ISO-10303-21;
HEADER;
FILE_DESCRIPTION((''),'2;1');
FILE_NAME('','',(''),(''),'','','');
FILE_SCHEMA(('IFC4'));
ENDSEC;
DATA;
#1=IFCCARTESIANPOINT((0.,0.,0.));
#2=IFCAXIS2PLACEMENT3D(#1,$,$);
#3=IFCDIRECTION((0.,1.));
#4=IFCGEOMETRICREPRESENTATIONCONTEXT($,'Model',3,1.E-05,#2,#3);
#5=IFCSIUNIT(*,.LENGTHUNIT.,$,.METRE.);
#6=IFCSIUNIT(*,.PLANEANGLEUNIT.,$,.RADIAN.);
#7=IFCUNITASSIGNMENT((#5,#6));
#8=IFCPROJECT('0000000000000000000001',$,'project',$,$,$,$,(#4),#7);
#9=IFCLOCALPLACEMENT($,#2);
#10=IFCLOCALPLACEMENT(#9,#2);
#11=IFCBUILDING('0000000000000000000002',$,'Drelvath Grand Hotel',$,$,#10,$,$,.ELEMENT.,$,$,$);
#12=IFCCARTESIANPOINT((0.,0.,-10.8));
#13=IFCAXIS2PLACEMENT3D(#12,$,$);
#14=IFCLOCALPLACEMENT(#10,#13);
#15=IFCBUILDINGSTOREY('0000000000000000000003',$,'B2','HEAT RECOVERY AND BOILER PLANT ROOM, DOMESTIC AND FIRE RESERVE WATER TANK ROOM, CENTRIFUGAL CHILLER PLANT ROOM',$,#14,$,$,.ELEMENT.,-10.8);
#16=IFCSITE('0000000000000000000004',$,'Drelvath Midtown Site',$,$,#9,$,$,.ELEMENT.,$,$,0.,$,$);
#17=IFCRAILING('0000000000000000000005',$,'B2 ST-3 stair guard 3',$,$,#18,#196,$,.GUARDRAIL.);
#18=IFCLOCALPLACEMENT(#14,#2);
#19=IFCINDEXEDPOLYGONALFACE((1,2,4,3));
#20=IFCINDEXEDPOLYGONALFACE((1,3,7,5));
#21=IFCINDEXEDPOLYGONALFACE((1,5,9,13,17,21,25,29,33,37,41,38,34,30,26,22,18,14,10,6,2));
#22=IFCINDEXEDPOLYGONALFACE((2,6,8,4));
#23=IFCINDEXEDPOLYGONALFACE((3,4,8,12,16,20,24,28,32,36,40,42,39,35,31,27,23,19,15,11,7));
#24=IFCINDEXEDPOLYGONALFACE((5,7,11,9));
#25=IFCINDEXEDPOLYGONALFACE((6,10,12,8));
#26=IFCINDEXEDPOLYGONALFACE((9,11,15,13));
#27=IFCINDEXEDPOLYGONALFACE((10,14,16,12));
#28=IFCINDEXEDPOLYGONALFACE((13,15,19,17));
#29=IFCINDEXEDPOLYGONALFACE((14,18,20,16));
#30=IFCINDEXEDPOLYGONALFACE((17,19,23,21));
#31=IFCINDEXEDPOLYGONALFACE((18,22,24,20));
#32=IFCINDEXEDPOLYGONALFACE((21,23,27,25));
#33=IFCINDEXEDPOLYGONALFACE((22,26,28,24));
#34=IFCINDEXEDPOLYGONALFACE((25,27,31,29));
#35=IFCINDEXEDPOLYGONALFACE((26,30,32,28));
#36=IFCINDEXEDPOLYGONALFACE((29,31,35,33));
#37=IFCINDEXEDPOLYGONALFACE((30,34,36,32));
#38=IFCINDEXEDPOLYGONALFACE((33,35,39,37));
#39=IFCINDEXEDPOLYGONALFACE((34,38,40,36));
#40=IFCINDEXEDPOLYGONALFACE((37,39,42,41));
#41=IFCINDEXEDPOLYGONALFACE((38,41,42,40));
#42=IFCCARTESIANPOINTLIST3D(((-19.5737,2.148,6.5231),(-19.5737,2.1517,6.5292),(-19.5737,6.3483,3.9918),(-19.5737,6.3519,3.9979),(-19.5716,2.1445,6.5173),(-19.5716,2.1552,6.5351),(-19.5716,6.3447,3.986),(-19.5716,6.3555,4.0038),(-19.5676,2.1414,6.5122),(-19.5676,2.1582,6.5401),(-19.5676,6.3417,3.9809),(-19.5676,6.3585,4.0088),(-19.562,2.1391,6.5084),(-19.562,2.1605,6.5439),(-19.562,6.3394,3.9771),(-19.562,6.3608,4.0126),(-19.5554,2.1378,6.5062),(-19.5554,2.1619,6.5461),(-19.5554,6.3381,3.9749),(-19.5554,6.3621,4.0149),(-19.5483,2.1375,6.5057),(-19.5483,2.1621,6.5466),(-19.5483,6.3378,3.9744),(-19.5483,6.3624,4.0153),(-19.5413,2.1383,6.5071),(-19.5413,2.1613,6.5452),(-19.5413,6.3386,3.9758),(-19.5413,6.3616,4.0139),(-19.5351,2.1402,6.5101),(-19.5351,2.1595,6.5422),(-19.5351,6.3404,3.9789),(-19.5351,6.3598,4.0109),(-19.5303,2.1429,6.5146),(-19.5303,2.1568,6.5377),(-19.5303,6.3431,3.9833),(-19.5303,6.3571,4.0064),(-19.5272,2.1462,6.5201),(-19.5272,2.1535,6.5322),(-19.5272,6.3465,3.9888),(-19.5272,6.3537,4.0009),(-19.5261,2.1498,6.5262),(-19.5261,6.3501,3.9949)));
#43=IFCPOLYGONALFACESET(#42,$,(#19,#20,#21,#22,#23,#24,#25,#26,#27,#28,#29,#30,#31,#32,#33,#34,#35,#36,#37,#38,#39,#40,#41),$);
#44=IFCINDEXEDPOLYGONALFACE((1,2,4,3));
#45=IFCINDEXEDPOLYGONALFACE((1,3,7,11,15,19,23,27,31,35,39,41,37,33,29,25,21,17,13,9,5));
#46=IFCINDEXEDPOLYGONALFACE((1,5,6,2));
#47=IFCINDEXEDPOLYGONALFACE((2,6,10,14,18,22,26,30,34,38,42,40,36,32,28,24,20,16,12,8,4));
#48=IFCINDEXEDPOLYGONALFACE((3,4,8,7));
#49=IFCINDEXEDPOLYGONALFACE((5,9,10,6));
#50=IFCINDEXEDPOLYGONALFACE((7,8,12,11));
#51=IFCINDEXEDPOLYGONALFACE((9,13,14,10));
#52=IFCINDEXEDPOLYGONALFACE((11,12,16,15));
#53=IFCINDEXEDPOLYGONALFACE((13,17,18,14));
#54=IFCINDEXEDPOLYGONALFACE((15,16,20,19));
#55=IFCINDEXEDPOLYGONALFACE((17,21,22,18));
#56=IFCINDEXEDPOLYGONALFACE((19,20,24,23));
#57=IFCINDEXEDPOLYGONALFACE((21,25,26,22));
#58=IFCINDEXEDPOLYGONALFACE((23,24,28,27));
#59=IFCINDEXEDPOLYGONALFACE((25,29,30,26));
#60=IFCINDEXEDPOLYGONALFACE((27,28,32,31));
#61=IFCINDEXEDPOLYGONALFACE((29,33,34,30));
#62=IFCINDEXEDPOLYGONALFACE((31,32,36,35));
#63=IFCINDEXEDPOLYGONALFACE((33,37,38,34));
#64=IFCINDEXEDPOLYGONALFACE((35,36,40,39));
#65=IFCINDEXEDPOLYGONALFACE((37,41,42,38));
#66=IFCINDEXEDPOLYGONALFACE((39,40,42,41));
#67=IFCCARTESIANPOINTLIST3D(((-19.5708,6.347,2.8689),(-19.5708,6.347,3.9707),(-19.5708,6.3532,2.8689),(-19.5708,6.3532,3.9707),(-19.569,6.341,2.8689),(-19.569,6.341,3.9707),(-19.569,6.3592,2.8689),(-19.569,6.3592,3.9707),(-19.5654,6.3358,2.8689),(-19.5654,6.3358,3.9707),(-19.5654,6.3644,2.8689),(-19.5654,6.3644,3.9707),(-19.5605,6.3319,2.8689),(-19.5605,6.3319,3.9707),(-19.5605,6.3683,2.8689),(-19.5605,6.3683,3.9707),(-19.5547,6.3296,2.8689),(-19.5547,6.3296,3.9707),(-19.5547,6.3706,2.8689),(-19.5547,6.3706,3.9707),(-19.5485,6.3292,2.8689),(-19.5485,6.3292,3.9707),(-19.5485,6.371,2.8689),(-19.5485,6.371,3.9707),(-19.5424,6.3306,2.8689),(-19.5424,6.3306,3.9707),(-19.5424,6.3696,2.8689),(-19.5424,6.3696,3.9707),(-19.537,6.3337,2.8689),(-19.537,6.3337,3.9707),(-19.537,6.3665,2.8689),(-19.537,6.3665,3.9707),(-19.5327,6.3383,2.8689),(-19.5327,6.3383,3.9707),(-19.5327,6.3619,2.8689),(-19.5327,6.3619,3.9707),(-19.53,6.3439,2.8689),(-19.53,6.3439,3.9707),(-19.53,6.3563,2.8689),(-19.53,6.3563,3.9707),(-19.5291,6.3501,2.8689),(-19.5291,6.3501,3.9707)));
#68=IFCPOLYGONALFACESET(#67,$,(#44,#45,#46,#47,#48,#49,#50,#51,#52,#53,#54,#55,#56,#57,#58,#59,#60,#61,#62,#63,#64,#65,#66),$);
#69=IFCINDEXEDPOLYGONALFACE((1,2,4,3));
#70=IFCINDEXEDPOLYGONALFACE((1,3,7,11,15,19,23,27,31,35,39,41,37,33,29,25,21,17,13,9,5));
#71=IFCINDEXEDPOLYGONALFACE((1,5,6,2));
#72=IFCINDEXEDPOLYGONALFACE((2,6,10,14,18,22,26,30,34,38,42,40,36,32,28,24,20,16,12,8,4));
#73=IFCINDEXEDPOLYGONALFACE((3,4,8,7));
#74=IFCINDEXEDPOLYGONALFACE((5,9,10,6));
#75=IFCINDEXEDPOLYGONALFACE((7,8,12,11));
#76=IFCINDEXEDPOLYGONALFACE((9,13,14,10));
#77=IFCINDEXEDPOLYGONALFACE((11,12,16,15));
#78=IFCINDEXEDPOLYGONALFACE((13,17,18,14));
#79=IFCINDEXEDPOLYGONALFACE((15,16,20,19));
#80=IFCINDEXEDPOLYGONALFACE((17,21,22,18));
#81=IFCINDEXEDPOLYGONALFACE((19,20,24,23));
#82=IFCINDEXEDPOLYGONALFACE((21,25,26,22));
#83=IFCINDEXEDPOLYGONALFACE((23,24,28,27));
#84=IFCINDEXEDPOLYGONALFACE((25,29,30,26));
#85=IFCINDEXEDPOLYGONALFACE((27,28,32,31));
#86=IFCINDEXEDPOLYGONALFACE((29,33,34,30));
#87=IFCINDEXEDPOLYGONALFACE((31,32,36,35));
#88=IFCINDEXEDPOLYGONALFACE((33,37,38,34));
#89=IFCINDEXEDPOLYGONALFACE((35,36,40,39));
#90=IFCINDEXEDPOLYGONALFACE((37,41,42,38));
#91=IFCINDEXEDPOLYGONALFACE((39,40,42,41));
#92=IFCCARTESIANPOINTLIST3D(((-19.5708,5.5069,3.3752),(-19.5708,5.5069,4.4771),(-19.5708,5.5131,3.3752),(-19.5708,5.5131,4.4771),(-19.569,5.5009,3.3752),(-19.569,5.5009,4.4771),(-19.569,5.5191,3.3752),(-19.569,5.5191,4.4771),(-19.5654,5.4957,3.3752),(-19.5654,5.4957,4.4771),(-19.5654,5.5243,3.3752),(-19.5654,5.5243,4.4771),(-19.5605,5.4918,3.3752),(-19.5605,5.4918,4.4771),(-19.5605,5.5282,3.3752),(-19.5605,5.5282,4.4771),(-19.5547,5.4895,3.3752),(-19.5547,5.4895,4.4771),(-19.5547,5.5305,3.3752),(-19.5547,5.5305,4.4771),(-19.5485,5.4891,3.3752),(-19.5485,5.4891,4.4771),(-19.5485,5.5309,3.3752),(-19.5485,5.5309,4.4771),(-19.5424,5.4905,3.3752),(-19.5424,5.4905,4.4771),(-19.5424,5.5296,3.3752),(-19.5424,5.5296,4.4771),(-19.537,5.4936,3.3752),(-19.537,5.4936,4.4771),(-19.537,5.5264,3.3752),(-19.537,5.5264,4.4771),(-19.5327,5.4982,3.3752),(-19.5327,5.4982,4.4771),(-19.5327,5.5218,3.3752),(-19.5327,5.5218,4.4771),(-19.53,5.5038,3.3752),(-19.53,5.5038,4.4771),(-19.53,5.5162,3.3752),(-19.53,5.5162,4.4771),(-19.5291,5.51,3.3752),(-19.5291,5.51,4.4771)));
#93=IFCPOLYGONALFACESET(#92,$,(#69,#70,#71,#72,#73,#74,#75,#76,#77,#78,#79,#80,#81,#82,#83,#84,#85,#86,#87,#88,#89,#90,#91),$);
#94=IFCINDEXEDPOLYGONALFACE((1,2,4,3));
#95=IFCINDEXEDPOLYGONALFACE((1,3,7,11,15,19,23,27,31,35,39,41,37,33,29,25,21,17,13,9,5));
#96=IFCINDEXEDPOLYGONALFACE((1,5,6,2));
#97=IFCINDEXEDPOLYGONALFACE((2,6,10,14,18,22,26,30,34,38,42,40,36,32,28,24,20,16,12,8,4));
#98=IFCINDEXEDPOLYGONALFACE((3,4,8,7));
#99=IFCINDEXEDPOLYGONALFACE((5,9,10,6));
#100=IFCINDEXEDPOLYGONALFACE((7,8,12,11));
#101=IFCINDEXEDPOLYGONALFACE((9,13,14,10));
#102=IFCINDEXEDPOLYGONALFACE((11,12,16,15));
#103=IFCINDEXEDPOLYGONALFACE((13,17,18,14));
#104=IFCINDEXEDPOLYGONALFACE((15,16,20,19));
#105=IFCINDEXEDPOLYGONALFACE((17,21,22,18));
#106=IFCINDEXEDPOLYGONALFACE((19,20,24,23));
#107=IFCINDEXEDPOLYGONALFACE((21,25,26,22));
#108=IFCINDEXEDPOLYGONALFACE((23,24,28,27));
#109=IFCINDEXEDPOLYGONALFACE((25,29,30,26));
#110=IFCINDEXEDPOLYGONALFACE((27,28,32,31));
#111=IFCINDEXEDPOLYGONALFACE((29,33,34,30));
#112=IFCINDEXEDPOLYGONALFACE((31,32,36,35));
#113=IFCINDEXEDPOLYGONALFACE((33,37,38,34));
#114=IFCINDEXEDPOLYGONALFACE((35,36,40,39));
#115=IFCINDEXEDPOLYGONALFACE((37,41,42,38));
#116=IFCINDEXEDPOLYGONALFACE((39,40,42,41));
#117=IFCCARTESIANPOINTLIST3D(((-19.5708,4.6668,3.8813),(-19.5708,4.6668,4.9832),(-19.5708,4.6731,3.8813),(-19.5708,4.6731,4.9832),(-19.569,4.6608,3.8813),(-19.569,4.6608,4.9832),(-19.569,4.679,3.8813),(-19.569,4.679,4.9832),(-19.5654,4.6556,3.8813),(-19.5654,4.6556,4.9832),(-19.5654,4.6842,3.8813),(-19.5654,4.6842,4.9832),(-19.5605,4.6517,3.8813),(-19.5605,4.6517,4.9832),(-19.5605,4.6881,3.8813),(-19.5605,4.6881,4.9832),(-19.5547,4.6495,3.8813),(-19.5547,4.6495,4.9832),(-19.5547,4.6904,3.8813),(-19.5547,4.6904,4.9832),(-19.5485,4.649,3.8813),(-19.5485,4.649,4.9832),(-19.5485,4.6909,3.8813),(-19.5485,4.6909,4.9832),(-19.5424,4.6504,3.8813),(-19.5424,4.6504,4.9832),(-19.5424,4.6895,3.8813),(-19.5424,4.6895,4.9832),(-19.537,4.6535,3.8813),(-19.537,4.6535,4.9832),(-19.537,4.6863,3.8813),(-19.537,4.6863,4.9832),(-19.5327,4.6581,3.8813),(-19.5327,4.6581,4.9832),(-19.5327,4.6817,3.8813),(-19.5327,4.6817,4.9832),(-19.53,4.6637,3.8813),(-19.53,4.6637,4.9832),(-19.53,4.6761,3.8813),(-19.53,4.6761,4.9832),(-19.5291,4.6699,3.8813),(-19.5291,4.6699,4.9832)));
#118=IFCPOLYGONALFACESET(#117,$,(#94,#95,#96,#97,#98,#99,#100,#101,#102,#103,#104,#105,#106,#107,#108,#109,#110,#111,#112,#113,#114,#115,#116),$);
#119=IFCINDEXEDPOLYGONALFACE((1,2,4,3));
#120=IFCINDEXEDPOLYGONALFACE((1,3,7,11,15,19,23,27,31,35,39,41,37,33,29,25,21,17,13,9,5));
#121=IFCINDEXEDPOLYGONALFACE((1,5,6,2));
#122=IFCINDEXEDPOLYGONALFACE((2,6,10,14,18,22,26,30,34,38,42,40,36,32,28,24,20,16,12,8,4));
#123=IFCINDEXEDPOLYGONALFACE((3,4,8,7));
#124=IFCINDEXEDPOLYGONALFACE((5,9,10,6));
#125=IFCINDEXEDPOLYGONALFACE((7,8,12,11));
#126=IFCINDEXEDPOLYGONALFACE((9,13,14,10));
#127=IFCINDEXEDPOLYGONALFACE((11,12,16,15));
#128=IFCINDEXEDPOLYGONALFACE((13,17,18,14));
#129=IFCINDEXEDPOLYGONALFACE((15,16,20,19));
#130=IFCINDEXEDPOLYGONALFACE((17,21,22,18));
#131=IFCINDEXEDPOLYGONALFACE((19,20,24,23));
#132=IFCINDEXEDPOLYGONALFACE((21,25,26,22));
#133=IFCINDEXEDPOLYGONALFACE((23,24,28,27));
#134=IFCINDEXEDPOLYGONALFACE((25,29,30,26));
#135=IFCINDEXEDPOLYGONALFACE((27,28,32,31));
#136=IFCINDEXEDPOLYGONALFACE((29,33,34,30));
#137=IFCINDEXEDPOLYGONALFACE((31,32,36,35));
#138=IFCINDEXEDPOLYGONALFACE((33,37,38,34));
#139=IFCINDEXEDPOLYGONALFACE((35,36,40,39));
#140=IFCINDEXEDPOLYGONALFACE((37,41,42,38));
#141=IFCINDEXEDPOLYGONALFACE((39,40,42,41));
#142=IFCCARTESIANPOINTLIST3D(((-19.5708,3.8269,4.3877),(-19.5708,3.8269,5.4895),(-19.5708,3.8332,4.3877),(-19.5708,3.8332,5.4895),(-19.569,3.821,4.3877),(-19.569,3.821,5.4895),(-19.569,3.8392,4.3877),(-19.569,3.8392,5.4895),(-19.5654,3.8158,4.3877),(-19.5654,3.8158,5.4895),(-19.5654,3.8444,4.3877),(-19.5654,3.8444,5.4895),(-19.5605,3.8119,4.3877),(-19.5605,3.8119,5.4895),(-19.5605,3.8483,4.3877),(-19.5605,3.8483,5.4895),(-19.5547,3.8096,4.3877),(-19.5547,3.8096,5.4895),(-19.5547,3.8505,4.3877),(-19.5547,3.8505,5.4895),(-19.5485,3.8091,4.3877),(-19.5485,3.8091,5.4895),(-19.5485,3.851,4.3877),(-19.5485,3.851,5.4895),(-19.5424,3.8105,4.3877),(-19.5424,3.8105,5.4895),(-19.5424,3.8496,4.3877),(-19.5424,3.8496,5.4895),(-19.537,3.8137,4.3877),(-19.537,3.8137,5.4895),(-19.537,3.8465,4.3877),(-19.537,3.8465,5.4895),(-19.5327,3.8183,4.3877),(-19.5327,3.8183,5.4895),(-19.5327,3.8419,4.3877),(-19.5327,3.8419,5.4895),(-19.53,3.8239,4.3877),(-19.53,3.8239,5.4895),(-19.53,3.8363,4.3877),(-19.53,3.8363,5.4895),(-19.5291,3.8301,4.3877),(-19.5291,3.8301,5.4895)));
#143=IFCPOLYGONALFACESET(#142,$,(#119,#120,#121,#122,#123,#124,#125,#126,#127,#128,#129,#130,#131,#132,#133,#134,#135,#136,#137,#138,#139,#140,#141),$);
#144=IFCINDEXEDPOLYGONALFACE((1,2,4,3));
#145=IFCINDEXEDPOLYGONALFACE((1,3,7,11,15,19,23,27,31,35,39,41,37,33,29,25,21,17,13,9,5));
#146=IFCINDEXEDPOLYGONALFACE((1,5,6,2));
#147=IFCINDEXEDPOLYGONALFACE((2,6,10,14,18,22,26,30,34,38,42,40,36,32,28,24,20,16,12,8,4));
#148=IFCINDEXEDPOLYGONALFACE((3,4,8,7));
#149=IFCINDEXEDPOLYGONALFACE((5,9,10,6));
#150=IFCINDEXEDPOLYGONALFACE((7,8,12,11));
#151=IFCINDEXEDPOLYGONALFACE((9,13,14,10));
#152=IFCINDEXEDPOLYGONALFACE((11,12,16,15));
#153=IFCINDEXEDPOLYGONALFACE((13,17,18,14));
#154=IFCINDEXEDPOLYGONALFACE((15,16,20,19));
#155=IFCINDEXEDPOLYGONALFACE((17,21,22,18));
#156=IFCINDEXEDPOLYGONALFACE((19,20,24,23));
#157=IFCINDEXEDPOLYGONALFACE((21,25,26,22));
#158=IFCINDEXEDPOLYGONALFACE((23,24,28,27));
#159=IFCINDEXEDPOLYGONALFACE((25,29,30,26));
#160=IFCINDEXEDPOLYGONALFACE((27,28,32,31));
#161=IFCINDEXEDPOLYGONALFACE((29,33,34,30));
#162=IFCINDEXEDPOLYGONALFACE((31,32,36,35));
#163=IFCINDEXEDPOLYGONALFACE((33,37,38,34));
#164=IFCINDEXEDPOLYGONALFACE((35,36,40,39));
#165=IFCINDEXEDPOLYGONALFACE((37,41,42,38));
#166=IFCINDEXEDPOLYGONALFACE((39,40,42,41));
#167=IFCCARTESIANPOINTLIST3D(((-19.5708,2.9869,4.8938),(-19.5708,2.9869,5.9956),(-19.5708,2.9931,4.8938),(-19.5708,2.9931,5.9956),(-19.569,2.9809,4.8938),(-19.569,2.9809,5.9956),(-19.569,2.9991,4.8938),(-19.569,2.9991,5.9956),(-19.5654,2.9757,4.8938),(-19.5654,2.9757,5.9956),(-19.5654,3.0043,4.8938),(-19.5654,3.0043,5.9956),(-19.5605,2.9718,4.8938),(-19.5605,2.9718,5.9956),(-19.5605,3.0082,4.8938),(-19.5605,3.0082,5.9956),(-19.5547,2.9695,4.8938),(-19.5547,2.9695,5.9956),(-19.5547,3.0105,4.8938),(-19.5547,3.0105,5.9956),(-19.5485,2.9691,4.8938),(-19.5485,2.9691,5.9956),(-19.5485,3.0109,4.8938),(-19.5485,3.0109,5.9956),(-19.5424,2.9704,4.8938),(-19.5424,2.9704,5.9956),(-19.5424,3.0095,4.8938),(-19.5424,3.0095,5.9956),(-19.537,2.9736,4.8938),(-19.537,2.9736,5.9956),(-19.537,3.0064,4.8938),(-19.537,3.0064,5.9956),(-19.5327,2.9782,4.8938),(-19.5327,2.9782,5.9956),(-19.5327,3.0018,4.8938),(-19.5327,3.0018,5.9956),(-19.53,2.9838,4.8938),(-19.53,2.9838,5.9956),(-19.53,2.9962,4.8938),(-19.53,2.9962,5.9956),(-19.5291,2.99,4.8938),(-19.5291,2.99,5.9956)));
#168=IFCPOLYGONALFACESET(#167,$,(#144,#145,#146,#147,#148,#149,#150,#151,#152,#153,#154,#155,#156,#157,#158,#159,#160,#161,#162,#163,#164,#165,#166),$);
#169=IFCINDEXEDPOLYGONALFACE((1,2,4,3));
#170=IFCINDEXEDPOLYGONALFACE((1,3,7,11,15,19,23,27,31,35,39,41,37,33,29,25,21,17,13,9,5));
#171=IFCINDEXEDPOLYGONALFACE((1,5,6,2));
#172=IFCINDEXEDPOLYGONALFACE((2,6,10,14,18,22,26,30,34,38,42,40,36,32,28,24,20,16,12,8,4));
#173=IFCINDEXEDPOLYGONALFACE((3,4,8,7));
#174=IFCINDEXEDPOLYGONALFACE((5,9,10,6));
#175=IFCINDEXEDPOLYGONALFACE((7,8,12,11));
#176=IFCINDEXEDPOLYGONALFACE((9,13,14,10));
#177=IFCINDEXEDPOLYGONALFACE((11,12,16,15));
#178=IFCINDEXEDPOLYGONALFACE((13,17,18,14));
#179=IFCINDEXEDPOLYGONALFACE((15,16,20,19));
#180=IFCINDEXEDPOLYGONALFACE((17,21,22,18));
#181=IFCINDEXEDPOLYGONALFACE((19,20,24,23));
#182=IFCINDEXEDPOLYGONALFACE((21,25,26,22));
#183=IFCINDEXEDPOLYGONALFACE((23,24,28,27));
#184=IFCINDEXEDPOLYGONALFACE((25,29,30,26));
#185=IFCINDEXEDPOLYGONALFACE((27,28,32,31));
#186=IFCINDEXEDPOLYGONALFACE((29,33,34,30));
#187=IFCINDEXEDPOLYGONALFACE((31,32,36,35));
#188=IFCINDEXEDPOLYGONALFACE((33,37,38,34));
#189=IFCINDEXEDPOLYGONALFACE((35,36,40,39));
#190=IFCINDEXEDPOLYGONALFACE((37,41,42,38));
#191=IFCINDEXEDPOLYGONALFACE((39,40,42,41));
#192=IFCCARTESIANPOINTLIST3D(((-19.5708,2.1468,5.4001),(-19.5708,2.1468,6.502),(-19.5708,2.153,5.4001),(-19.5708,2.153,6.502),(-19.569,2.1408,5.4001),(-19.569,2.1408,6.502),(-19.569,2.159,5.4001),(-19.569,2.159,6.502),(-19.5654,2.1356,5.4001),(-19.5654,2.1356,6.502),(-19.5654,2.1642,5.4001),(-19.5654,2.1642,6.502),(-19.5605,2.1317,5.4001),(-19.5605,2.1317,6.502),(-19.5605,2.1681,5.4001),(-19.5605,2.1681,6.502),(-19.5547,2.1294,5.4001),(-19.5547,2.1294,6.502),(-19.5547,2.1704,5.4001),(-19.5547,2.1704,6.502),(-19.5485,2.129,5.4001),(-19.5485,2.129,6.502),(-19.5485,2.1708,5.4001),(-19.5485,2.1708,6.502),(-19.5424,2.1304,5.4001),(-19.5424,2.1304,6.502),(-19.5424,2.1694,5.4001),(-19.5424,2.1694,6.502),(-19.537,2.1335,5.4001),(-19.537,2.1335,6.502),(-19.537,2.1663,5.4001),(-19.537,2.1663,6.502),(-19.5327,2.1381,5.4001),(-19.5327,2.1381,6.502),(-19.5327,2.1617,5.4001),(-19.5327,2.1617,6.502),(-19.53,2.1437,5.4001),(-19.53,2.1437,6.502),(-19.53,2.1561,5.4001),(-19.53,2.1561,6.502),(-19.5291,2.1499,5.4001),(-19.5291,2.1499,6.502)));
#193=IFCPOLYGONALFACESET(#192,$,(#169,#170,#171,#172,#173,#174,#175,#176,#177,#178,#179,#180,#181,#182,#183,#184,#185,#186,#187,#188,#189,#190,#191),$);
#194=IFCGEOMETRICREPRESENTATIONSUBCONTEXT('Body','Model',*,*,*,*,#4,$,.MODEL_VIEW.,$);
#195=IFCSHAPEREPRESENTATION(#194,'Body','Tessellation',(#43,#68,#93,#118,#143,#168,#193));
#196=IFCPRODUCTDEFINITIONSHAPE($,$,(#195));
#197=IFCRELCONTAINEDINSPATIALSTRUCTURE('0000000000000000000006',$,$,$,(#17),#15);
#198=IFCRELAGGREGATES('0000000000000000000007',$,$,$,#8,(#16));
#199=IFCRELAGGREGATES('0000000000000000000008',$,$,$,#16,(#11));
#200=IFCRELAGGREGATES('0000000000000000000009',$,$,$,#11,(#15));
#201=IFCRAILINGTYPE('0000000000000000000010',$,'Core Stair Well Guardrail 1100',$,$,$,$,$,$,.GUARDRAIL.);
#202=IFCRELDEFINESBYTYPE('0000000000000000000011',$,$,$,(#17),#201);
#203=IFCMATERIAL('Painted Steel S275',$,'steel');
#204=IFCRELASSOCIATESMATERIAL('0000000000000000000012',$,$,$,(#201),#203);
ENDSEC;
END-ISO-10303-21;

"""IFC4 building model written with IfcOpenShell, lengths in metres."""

from ifc_helpers import new_model, si_unit, direction, frame, origin, origin_2d, place, context, subcontext, project, spatial, circle, extrude, material, type_object, element, save


model = new_model("IFC4")

# Units and contexts
model_context = context("Model", 3, precision=1e-05, world=origin(), true_north=direction((0.0, 1.0)))
body_context = subcontext(model_context, "Body", "Model", "MODEL_VIEW")
ifc_project = project(units=[si_unit("LENGTHUNIT", "METRE"), si_unit("PLANEANGLEUNIT", "RADIAN")], contexts=[model_context])

# Site, building, storey
site_placement = place(None, origin())
site = spatial("IfcSite", under=ifc_project, at=site_placement, Name="Drelvath Midtown Site", CompositionType="ELEMENT", RefElevation=0.0)
building_placement = place(site_placement, origin())
building = spatial("IfcBuilding", under=site, at=building_placement, Name="Drelvath Grand Hotel", CompositionType="ELEMENT")
storey_placement = place(building_placement, frame((0.0, 0.0, -10.8)))
storey = spatial("IfcBuildingStorey", under=building, at=storey_placement, Name="B2", Description="HEAT RECOVERY AND BOILER PLANT ROOM, DOMESTIC AND FIRE RESERVE WATER TANK ROOM, CENTRIFUGAL CHILLER PLANT ROOM", CompositionType="ELEMENT", Elevation=-10.8)

# Shared definitions
ifc_material_1 = material(Name="Painted Steel S275", Category="steel")

# Railing
railing_type = type_object("IfcRailingType", Name="Core Stair Well Guardrail 1100", PredefinedType="GUARDRAIL", material=ifc_material_1)
railing_1_placement = place(storey_placement, frame((-19.55, 6.3501, 2.8689)))
element("IfcRailing", 1, at=railing_1_placement, inside=storey, type_object=railing_type, Name="B2 ST-3 stair guard 3", PredefinedType="GUARDRAIL", context=body_context, shape_type="SweptSolid", body=[
    extrude(circle(Radius=0.0239, at=origin_2d()), frame((0.0, 0.0, 1.126), z_axis=(0.0, -0.85649, 0.516164), x_axis=(1.0, 0.0, 0.0)), (0.0, 0.0, 1.0), 4.9041),
    extrude(circle(Radius=0.021, at=origin_2d()), origin(), (0.0, 0.0, 1.0), 1.1018),
    extrude(circle(Radius=0.021, at=origin_2d()), frame((0.0, -0.8401, 0.5063)), (0.0, 0.0, 1.0), 1.1018),
    extrude(circle(Radius=0.021, at=origin_2d()), frame((0.0, -1.6802, 1.0125)), (0.0, 0.0, 1.0), 1.1018),
    extrude(circle(Radius=0.021, at=origin_2d()), frame((0.0, -2.52, 1.5188)), (0.0, 0.0, 1.0), 1.1018),
    extrude(circle(Radius=0.021, at=origin_2d()), frame((0.0, -3.3601, 2.0249)), (0.0, 0.0, 1.0), 1.1018),
    extrude(circle(Radius=0.021, at=origin_2d()), frame((0.0, -4.2002, 2.5312)), (0.0, 0.0, 1.0), 1.1018),
])

save(model, "model.ifc")
